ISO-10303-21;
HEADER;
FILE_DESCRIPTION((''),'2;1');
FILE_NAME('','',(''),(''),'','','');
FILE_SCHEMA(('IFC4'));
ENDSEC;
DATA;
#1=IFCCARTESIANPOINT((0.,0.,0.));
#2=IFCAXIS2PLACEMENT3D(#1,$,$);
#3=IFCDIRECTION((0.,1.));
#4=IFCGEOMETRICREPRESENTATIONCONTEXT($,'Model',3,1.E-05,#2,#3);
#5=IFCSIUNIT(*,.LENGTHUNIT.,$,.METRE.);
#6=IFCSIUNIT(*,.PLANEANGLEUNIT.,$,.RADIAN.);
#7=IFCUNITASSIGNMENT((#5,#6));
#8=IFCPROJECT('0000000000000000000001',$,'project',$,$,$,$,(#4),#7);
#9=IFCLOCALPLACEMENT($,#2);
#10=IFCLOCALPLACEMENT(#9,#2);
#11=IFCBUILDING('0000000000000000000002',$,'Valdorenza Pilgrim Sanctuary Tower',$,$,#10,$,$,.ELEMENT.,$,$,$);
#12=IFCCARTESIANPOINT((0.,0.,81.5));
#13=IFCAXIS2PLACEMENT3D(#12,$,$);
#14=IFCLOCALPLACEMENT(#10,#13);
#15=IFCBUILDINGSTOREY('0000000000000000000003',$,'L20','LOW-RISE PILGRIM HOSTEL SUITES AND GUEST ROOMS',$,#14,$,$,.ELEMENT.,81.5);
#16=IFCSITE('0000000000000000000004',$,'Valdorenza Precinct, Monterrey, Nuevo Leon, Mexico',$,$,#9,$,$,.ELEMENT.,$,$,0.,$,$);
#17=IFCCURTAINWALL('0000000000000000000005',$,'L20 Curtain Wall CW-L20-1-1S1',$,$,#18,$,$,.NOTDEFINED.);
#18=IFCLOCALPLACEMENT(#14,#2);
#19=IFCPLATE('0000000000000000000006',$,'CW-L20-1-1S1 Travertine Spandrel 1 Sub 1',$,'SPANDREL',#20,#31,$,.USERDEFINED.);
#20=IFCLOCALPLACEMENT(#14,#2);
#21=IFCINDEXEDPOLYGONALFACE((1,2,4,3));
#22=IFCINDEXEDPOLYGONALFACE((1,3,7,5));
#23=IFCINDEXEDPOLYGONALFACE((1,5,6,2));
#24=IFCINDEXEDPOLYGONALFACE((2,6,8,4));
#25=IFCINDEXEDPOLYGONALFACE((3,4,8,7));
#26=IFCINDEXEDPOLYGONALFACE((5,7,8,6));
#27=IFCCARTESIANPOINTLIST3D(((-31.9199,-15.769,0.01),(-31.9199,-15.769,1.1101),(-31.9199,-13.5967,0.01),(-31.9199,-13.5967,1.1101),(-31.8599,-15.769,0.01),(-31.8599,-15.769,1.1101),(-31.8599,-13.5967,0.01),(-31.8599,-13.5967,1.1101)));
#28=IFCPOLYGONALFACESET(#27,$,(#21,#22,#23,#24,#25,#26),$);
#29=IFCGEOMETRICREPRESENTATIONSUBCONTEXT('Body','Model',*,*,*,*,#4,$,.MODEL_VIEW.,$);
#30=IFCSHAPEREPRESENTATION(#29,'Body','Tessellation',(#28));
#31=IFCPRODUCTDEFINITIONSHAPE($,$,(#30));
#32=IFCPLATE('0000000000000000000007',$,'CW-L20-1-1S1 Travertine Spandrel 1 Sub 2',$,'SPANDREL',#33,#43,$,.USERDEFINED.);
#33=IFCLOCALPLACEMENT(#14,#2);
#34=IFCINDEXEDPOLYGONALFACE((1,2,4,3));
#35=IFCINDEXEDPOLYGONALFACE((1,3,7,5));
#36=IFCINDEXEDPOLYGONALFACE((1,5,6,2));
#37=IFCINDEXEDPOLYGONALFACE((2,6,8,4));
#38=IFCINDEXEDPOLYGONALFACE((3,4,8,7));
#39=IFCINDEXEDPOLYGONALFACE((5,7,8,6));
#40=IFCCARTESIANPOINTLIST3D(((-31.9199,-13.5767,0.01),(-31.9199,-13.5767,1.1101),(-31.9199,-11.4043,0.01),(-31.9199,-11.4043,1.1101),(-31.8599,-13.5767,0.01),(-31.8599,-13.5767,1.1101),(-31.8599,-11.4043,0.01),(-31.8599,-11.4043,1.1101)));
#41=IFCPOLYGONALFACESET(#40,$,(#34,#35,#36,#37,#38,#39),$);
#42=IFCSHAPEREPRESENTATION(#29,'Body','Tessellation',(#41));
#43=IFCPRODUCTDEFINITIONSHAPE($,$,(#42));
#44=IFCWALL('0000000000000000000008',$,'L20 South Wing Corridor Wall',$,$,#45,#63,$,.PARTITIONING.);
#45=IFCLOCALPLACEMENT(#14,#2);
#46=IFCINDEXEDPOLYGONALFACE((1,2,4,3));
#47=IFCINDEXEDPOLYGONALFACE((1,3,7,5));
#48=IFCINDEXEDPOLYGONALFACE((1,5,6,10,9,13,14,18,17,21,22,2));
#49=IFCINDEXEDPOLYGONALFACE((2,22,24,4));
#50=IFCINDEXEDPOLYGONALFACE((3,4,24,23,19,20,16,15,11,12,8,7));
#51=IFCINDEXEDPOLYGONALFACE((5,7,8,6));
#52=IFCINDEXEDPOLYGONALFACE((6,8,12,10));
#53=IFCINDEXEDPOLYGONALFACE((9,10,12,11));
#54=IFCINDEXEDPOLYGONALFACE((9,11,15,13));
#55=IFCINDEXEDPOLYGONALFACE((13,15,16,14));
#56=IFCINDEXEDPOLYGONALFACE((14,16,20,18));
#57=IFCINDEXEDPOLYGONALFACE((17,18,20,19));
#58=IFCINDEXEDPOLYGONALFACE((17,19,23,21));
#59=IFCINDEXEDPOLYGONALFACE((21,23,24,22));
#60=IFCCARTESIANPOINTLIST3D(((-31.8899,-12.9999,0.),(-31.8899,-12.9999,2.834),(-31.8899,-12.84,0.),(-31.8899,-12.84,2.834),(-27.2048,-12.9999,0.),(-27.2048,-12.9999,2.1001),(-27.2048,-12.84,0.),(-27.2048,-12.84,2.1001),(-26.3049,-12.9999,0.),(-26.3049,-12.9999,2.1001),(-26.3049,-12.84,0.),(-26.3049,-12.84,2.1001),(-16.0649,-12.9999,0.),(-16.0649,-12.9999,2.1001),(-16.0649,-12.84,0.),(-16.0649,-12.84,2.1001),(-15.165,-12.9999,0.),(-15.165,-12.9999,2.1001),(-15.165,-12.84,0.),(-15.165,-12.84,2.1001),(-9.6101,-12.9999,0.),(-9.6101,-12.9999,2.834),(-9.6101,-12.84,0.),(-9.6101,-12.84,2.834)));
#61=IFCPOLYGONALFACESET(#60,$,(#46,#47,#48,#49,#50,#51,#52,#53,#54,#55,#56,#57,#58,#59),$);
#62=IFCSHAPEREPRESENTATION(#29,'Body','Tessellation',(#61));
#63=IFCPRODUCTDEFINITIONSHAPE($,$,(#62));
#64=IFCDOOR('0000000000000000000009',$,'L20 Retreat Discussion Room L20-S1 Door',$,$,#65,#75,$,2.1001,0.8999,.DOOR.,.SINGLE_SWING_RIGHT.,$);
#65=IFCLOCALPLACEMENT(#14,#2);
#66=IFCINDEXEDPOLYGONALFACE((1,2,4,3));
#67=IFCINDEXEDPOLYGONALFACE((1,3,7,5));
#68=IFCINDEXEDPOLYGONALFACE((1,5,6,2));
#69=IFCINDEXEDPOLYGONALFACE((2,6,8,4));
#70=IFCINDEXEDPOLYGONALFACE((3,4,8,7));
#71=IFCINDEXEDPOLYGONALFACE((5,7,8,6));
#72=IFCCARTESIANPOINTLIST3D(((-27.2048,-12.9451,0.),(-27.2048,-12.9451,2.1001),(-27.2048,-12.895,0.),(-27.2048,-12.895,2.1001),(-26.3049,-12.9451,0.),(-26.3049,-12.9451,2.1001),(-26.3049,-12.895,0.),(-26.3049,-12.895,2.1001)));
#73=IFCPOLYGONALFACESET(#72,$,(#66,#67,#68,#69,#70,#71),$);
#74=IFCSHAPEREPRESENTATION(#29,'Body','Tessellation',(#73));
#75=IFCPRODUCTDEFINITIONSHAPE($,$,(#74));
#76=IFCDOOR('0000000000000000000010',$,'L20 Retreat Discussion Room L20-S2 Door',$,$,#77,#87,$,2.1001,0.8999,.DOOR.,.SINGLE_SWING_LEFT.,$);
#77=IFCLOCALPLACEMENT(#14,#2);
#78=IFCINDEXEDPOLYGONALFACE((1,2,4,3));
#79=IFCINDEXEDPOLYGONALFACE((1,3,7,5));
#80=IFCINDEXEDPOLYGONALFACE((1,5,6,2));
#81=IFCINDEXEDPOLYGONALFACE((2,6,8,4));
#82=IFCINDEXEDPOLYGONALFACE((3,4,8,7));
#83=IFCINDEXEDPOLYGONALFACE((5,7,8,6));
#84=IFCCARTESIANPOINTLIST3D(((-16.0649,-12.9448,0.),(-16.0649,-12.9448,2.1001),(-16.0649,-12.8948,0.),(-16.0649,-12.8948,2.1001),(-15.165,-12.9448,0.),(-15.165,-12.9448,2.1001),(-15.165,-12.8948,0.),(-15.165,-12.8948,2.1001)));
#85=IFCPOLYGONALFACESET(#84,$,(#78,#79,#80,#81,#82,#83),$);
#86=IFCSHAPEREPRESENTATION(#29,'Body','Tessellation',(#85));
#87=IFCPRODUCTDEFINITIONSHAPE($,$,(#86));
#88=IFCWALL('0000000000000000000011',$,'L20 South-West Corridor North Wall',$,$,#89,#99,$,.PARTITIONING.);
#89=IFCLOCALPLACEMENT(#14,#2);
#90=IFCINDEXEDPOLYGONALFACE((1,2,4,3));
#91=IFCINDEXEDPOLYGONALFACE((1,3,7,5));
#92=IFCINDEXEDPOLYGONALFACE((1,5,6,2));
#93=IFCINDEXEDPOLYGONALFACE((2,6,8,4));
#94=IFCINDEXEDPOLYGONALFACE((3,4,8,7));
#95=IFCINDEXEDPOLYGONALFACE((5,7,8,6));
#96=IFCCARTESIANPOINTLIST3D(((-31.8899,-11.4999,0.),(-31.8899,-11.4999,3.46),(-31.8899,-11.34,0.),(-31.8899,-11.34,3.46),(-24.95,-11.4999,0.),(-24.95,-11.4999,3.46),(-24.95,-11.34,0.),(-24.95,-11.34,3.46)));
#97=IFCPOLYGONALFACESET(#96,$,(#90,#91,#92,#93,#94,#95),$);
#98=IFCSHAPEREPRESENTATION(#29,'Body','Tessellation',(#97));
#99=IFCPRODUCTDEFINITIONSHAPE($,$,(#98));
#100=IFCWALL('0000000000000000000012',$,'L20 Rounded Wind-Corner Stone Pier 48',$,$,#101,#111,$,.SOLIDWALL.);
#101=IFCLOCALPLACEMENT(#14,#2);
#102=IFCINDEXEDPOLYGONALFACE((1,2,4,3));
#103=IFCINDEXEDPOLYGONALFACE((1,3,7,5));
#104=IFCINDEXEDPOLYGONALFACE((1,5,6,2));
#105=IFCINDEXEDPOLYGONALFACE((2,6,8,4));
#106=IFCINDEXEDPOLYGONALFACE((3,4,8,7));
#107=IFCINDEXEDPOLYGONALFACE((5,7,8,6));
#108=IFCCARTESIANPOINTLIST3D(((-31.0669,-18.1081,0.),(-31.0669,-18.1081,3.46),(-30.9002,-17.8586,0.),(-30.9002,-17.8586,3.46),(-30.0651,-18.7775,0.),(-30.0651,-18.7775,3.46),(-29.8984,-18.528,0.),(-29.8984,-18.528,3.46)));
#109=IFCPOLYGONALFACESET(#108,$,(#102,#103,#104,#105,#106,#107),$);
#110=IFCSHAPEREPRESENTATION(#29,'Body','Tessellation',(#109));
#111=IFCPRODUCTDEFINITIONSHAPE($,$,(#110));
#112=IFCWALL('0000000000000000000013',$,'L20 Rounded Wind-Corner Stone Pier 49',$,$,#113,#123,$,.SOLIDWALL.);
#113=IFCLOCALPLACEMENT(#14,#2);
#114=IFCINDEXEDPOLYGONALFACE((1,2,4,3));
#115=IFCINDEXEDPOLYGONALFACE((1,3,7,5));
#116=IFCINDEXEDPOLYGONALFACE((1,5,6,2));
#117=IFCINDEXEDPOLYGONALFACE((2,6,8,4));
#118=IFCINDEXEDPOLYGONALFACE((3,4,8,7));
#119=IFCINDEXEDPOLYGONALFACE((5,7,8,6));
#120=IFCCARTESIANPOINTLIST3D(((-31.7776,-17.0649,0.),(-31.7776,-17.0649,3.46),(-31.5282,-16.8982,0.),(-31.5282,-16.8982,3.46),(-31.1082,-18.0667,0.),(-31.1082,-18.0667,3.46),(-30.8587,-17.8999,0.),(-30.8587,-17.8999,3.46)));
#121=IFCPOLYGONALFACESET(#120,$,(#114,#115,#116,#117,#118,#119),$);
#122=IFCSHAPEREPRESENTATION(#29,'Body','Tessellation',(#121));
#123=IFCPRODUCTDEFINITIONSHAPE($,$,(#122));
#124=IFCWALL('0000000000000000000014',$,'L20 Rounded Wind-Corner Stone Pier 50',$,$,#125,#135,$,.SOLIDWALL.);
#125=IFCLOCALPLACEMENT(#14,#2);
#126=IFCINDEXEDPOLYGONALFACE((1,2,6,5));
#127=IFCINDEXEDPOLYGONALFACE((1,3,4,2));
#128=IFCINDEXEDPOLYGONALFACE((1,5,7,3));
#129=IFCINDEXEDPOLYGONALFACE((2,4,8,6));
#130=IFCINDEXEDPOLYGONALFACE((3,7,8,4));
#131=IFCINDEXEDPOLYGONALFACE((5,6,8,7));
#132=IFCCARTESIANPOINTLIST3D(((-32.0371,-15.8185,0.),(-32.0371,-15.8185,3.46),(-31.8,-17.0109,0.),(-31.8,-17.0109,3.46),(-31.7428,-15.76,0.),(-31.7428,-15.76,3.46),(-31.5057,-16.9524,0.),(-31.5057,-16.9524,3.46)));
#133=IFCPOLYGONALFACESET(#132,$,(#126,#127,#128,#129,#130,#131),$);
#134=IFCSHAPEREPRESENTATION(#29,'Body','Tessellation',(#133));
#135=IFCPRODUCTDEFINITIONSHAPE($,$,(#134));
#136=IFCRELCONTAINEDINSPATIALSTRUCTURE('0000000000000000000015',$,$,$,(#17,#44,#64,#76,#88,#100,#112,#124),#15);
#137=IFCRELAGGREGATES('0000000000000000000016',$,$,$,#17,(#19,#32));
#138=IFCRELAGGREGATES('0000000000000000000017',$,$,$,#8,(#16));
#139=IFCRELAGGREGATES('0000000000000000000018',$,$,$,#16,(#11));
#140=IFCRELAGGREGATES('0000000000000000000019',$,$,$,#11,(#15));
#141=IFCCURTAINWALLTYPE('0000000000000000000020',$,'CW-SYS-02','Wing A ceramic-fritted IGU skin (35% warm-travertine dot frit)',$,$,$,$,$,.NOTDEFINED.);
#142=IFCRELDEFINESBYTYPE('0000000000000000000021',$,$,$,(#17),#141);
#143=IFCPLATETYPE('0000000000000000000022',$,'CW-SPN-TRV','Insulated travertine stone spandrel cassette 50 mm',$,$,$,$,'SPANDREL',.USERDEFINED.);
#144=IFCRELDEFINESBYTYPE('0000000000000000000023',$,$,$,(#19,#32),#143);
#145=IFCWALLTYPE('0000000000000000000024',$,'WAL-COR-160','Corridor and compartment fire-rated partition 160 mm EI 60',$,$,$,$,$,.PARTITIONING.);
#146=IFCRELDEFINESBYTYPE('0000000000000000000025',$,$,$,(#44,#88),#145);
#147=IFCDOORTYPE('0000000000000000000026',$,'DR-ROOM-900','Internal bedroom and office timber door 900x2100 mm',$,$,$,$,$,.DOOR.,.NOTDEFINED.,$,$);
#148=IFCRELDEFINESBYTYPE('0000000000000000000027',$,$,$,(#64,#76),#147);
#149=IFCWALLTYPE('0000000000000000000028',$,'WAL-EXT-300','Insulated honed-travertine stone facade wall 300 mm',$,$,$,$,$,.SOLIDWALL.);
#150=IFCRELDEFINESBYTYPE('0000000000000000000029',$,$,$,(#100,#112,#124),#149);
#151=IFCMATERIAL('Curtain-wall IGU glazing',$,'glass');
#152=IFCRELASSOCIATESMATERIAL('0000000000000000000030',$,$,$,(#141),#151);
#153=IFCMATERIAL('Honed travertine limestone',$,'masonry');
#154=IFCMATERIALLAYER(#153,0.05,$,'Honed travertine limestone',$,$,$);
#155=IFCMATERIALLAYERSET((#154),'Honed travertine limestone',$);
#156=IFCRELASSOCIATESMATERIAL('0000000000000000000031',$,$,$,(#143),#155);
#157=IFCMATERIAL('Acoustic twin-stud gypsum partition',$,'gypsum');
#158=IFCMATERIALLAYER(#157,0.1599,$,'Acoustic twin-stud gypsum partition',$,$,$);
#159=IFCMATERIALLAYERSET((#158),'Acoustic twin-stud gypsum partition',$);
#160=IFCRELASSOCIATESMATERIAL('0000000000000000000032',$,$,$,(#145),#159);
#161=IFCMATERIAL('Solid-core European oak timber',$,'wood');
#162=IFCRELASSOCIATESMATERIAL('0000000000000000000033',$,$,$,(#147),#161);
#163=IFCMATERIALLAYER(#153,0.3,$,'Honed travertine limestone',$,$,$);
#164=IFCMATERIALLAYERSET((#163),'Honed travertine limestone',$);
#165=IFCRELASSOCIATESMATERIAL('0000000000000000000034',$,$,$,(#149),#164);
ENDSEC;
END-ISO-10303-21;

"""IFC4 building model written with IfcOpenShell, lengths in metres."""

from ifc_helpers import new_model, si_unit, direction, frame, frame_2d, origin, origin_2d, place, context, subcontext, project, spatial, rectangle, extrude, source, transform, mapped, material, layer, layer_set, type_object, element, fill, aggregate, save


model = new_model("IFC4")

# Units and contexts
model_context = context("Model", 3, precision=1e-05, world=origin(), true_north=direction((0.0, 1.0)))
body_context = subcontext(model_context, "Body", "Model", "MODEL_VIEW")
ifc_project = project(units=[si_unit("LENGTHUNIT", "METRE"), si_unit("PLANEANGLEUNIT", "RADIAN")], contexts=[model_context])

# Site, building, storey
site_placement = place(None, origin())
site = spatial("IfcSite", under=ifc_project, at=site_placement, Name="Valdorenza Precinct, Monterrey, Nuevo Leon, Mexico", CompositionType="ELEMENT", RefElevation=0.0)
building_placement = place(site_placement, origin())
building = spatial("IfcBuilding", under=site, at=building_placement, Name="Valdorenza Pilgrim Sanctuary Tower", CompositionType="ELEMENT")
storey_placement = place(building_placement, frame((0.0, 0.0, 81.5)))
storey = spatial("IfcBuildingStorey", under=building, at=storey_placement, Name="L20", Description="LOW-RISE PILGRIM HOSTEL SUITES AND GUEST ROOMS", CompositionType="ELEMENT", Elevation=81.5)

# Curtain wall, plates
ifc_material_1 = material(Name="Curtain-wall IGU glazing", Category="glass")
curtain_wall_type = type_object("IfcCurtainWallType", Name="CW-SYS-02", Description="Wing A ceramic-fritted IGU skin (35% warm-travertine dot frit)", PredefinedType="NOTDEFINED", material=ifc_material_1)
curtain_wall_placement = place(storey_placement, origin())
curtain_wall = element("IfcCurtainWall", 1, at=curtain_wall_placement, inside=storey, type_object=curtain_wall_type, Name="L20 Curtain Wall CW-L20-1-1S1", PredefinedType="NOTDEFINED")
ifc_material_2 = material(Name="Honed travertine limestone", Category="masonry")
ifc_layer_1 = layer(ifc_material_2, 0.05, Name="Honed travertine limestone")
ifc_layer_set_1 = layer_set([ifc_layer_1], Name="Honed travertine limestone")
plate_type_1 = type_object("IfcPlateType", Name="CW-SPN-TRV", Description="Insulated travertine stone spandrel cassette 50 mm", ElementType="SPANDREL", PredefinedType="USERDEFINED", material=ifc_layer_set_1)
shared_shape_1 = source(origin(), body_context, "Body", "SweptSolid", [
    extrude(rectangle(XDim=2.1724, YDim=0.0601, at=origin_2d()), origin(), (0.0, 0.0, 1.0), 1.1001),
])
plate_1_placement = place(storey_placement, frame((-31.8899, -14.6829, 0.01), z_axis=(0.0, 0.0, 1.0), x_axis=(0.0, 1.0, 0.0)))
plate_1 = element("IfcPlate", 2, at=plate_1_placement, type_object=plate_type_1, Name="CW-L20-1-1S1 Travertine Spandrel 1 Sub 1", ObjectType="SPANDREL", PredefinedType="USERDEFINED", context=body_context, shape_type="MappedRepresentation", body=[
    mapped(shared_shape_1, transform((0.0, 0.0, 0.0), x_axis=(1.0, 0.0, 0.0), y_axis=(0.0, 1.0, 0.0), z_axis=(0.0, 0.0, 1.0), scale=1.0)),
])
plate_2_placement = place(storey_placement, frame((-31.8899, -12.4905, 0.01), z_axis=(0.0, 0.0, 1.0), x_axis=(0.0, 1.0, 0.0)))
plate_2 = element("IfcPlate", 3, at=plate_2_placement, type_object=plate_type_1, Name="CW-L20-1-1S1 Travertine Spandrel 1 Sub 2", ObjectType="SPANDREL", PredefinedType="USERDEFINED", context=body_context, shape_type="MappedRepresentation", body=[
    mapped(shared_shape_1, transform((0.0, 0.0, 0.0), x_axis=(1.0, 0.0, 0.0), y_axis=(0.0, 1.0, 0.0), z_axis=(0.0, 0.0, 1.0), scale=1.0)),
])
aggregate(curtain_wall, [plate_1, plate_2])

# Wall, openings, doors
ifc_material_3 = material(Name="Acoustic twin-stud gypsum partition", Category="gypsum")
ifc_layer_2 = layer(ifc_material_3, 0.1599, Name="Acoustic twin-stud gypsum partition")
ifc_layer_set_2 = layer_set([ifc_layer_2], Name="Acoustic twin-stud gypsum partition")
wall_type_1 = type_object("IfcWallType", Name="WAL-COR-160", Description="Corridor and compartment fire-rated partition 160 mm EI 60", PredefinedType="PARTITIONING", material=ifc_layer_set_2)
wall_1_placement = place(storey_placement, frame((-31.8899, -12.9199, 0.0), z_axis=(0.0, 0.0, 1.0), x_axis=(1.0, 0.0, 0.0)))
wall_1 = element("IfcWall", 4, at=wall_1_placement, inside=storey, type_object=wall_type_1, Name="L20 South Wing Corridor Wall", PredefinedType="PARTITIONING", context=body_context, shape_type="SweptSolid", body=[
    extrude(rectangle(XDim=22.2798, YDim=0.1599, at=frame_2d((11.1399, 0.0))), origin(), (0.0, 0.0, 1.0), 2.834),
])
opening_1_placement = place(wall_1_placement, frame((4.6851, 0.0, 0.0)))
opening_1 = element("IfcOpeningElement", 5, at=opening_1_placement, cuts=wall_1, PredefinedType="OPENING", context=body_context, shape_type="SweptSolid", body=[
    extrude(rectangle(XDim=0.8999, YDim=2.1001, at=frame_2d((0.45, 1.05))), frame((0.0, 0.0947, 0.0), z_axis=(0.0, -1.0, 0.0), x_axis=(1.0, 0.0, 0.0)), (0.0, 0.0, 1.0), 0.1897),
])
opening_2_placement = place(wall_1_placement, frame((15.825, 0.0, 0.0)))
opening_2 = element("IfcOpeningElement", 6, at=opening_2_placement, cuts=wall_1, PredefinedType="OPENING", context=body_context, shape_type="SweptSolid", body=[
    extrude(rectangle(XDim=0.8999, YDim=2.1001, at=frame_2d((0.45, 1.05))), frame((0.0, 0.0947, 0.0), z_axis=(0.0, -1.0, 0.0), x_axis=(1.0, 0.0, 0.0)), (0.0, 0.0, 1.0), 0.1897),
])
ifc_material_4 = material(Name="Solid-core European oak timber", Category="wood")
door_type = type_object("IfcDoorType", Name="DR-ROOM-900", Description="Internal bedroom and office timber door 900x2100 mm", OperationType="NOTDEFINED", PredefinedType="DOOR", material=ifc_material_4)
door_1_placement = place(opening_1_placement, origin())
door_1 = element("IfcDoor", 7, at=door_1_placement, inside=storey, type_object=door_type, Name="L20 Retreat Discussion Room L20-S1 Door", OperationType="SINGLE_SWING_RIGHT", OverallHeight=2.1001, OverallWidth=0.8999, PredefinedType="DOOR", context=body_context, shape_type="SweptSolid", body=[
    extrude(rectangle(XDim=0.8999, YDim=2.1001, at=frame_2d((0.45, 1.05))), frame((0.0, 0.0249, 0.0), z_axis=(0.0, -1.0, 0.0), x_axis=(1.0, 0.0, 0.0)), (0.0, 0.0, 1.0), 0.05),
])
fill(opening_1, door_1)
door_2_placement = place(opening_2_placement, frame((0.8999, 0.0, 0.0), z_axis=(0.0, 0.0, 1.0), x_axis=(-1.0, 0.0, 0.0)))
door_2 = element("IfcDoor", 8, at=door_2_placement, inside=storey, type_object=door_type, Name="L20 Retreat Discussion Room L20-S2 Door", OperationType="SINGLE_SWING_LEFT", OverallHeight=2.1001, OverallWidth=0.8999, PredefinedType="DOOR", context=body_context, shape_type="SweptSolid", body=[
    extrude(rectangle(XDim=0.8999, YDim=2.1001, at=frame_2d((0.45, 1.05))), frame((0.0, 0.0249, 0.0), z_axis=(0.0, -1.0, 0.0), x_axis=(1.0, 0.0, 0.0)), (0.0, 0.0, 1.0), 0.05),
])
fill(opening_2, door_2)

# Walls
wall_2_placement = place(storey_placement, frame((-31.8899, -11.4199, 0.0), z_axis=(0.0, 0.0, 1.0), x_axis=(1.0, 0.0, 0.0)))
element("IfcWall", 9, at=wall_2_placement, inside=storey, type_object=wall_type_1, Name="L20 South-West Corridor North Wall", PredefinedType="PARTITIONING", context=body_context, shape_type="SweptSolid", body=[
    extrude(rectangle(XDim=6.9399, YDim=0.1599, at=frame_2d((3.47, 0.0))), origin(), (0.0, 0.0, 1.0), 3.46),
])
ifc_layer_3 = layer(ifc_material_2, 0.3, Name="Honed travertine limestone")
ifc_layer_set_3 = layer_set([ifc_layer_3], Name="Honed travertine limestone")
wall_type_2 = type_object("IfcWallType", Name="WAL-EXT-300", Description="Insulated honed-travertine stone facade wall 300 mm", PredefinedType="SOLIDWALL", material=ifc_layer_set_3)
for number, where, z_axis, x_axis, name in (
    (10, (-29.9817, -18.6528, 0.0), (0.0, 0.0, 1.0), (-0.831426, 0.555635, 0.0), "L20 Rounded Wind-Corner Stone Pier 48"),
    (11, (-30.9834, -17.9834, 0.0), (0.0, 0.0, 1.0), (-0.555635, 0.831426, 0.0), "L20 Rounded Wind-Corner Stone Pier 49"),
):
    element("IfcWall", number, at=place(storey_placement, frame(where, z_axis=z_axis, x_axis=x_axis)), inside=storey, type_object=wall_type_2, Name=name, PredefinedType="SOLIDWALL", context=body_context, shape_type="SweptSolid", body=[
        extrude(rectangle(XDim=1.2048, YDim=0.3, at=frame_2d((0.6025, 0.0))), origin(), (0.0, 0.0, 1.0), 3.46),
    ])
wall_3_placement = place(storey_placement, frame((-31.6528, -16.9817, 0.0), z_axis=(0.0, 0.0, 1.0), x_axis=(-0.194996, 0.980804, 0.0)))
element("IfcWall", 12, at=wall_3_placement, inside=storey, type_object=wall_type_2, Name="L20 Rounded Wind-Corner Stone Pier 50", PredefinedType="SOLIDWALL", context=body_context, shape_type="SweptSolid", body=[
    extrude(rectangle(XDim=1.2158, YDim=0.3, at=frame_2d((0.6079, 0.0))), origin(), (0.0, 0.0, 1.0), 3.46),
])

save(model, "model.ifc")
